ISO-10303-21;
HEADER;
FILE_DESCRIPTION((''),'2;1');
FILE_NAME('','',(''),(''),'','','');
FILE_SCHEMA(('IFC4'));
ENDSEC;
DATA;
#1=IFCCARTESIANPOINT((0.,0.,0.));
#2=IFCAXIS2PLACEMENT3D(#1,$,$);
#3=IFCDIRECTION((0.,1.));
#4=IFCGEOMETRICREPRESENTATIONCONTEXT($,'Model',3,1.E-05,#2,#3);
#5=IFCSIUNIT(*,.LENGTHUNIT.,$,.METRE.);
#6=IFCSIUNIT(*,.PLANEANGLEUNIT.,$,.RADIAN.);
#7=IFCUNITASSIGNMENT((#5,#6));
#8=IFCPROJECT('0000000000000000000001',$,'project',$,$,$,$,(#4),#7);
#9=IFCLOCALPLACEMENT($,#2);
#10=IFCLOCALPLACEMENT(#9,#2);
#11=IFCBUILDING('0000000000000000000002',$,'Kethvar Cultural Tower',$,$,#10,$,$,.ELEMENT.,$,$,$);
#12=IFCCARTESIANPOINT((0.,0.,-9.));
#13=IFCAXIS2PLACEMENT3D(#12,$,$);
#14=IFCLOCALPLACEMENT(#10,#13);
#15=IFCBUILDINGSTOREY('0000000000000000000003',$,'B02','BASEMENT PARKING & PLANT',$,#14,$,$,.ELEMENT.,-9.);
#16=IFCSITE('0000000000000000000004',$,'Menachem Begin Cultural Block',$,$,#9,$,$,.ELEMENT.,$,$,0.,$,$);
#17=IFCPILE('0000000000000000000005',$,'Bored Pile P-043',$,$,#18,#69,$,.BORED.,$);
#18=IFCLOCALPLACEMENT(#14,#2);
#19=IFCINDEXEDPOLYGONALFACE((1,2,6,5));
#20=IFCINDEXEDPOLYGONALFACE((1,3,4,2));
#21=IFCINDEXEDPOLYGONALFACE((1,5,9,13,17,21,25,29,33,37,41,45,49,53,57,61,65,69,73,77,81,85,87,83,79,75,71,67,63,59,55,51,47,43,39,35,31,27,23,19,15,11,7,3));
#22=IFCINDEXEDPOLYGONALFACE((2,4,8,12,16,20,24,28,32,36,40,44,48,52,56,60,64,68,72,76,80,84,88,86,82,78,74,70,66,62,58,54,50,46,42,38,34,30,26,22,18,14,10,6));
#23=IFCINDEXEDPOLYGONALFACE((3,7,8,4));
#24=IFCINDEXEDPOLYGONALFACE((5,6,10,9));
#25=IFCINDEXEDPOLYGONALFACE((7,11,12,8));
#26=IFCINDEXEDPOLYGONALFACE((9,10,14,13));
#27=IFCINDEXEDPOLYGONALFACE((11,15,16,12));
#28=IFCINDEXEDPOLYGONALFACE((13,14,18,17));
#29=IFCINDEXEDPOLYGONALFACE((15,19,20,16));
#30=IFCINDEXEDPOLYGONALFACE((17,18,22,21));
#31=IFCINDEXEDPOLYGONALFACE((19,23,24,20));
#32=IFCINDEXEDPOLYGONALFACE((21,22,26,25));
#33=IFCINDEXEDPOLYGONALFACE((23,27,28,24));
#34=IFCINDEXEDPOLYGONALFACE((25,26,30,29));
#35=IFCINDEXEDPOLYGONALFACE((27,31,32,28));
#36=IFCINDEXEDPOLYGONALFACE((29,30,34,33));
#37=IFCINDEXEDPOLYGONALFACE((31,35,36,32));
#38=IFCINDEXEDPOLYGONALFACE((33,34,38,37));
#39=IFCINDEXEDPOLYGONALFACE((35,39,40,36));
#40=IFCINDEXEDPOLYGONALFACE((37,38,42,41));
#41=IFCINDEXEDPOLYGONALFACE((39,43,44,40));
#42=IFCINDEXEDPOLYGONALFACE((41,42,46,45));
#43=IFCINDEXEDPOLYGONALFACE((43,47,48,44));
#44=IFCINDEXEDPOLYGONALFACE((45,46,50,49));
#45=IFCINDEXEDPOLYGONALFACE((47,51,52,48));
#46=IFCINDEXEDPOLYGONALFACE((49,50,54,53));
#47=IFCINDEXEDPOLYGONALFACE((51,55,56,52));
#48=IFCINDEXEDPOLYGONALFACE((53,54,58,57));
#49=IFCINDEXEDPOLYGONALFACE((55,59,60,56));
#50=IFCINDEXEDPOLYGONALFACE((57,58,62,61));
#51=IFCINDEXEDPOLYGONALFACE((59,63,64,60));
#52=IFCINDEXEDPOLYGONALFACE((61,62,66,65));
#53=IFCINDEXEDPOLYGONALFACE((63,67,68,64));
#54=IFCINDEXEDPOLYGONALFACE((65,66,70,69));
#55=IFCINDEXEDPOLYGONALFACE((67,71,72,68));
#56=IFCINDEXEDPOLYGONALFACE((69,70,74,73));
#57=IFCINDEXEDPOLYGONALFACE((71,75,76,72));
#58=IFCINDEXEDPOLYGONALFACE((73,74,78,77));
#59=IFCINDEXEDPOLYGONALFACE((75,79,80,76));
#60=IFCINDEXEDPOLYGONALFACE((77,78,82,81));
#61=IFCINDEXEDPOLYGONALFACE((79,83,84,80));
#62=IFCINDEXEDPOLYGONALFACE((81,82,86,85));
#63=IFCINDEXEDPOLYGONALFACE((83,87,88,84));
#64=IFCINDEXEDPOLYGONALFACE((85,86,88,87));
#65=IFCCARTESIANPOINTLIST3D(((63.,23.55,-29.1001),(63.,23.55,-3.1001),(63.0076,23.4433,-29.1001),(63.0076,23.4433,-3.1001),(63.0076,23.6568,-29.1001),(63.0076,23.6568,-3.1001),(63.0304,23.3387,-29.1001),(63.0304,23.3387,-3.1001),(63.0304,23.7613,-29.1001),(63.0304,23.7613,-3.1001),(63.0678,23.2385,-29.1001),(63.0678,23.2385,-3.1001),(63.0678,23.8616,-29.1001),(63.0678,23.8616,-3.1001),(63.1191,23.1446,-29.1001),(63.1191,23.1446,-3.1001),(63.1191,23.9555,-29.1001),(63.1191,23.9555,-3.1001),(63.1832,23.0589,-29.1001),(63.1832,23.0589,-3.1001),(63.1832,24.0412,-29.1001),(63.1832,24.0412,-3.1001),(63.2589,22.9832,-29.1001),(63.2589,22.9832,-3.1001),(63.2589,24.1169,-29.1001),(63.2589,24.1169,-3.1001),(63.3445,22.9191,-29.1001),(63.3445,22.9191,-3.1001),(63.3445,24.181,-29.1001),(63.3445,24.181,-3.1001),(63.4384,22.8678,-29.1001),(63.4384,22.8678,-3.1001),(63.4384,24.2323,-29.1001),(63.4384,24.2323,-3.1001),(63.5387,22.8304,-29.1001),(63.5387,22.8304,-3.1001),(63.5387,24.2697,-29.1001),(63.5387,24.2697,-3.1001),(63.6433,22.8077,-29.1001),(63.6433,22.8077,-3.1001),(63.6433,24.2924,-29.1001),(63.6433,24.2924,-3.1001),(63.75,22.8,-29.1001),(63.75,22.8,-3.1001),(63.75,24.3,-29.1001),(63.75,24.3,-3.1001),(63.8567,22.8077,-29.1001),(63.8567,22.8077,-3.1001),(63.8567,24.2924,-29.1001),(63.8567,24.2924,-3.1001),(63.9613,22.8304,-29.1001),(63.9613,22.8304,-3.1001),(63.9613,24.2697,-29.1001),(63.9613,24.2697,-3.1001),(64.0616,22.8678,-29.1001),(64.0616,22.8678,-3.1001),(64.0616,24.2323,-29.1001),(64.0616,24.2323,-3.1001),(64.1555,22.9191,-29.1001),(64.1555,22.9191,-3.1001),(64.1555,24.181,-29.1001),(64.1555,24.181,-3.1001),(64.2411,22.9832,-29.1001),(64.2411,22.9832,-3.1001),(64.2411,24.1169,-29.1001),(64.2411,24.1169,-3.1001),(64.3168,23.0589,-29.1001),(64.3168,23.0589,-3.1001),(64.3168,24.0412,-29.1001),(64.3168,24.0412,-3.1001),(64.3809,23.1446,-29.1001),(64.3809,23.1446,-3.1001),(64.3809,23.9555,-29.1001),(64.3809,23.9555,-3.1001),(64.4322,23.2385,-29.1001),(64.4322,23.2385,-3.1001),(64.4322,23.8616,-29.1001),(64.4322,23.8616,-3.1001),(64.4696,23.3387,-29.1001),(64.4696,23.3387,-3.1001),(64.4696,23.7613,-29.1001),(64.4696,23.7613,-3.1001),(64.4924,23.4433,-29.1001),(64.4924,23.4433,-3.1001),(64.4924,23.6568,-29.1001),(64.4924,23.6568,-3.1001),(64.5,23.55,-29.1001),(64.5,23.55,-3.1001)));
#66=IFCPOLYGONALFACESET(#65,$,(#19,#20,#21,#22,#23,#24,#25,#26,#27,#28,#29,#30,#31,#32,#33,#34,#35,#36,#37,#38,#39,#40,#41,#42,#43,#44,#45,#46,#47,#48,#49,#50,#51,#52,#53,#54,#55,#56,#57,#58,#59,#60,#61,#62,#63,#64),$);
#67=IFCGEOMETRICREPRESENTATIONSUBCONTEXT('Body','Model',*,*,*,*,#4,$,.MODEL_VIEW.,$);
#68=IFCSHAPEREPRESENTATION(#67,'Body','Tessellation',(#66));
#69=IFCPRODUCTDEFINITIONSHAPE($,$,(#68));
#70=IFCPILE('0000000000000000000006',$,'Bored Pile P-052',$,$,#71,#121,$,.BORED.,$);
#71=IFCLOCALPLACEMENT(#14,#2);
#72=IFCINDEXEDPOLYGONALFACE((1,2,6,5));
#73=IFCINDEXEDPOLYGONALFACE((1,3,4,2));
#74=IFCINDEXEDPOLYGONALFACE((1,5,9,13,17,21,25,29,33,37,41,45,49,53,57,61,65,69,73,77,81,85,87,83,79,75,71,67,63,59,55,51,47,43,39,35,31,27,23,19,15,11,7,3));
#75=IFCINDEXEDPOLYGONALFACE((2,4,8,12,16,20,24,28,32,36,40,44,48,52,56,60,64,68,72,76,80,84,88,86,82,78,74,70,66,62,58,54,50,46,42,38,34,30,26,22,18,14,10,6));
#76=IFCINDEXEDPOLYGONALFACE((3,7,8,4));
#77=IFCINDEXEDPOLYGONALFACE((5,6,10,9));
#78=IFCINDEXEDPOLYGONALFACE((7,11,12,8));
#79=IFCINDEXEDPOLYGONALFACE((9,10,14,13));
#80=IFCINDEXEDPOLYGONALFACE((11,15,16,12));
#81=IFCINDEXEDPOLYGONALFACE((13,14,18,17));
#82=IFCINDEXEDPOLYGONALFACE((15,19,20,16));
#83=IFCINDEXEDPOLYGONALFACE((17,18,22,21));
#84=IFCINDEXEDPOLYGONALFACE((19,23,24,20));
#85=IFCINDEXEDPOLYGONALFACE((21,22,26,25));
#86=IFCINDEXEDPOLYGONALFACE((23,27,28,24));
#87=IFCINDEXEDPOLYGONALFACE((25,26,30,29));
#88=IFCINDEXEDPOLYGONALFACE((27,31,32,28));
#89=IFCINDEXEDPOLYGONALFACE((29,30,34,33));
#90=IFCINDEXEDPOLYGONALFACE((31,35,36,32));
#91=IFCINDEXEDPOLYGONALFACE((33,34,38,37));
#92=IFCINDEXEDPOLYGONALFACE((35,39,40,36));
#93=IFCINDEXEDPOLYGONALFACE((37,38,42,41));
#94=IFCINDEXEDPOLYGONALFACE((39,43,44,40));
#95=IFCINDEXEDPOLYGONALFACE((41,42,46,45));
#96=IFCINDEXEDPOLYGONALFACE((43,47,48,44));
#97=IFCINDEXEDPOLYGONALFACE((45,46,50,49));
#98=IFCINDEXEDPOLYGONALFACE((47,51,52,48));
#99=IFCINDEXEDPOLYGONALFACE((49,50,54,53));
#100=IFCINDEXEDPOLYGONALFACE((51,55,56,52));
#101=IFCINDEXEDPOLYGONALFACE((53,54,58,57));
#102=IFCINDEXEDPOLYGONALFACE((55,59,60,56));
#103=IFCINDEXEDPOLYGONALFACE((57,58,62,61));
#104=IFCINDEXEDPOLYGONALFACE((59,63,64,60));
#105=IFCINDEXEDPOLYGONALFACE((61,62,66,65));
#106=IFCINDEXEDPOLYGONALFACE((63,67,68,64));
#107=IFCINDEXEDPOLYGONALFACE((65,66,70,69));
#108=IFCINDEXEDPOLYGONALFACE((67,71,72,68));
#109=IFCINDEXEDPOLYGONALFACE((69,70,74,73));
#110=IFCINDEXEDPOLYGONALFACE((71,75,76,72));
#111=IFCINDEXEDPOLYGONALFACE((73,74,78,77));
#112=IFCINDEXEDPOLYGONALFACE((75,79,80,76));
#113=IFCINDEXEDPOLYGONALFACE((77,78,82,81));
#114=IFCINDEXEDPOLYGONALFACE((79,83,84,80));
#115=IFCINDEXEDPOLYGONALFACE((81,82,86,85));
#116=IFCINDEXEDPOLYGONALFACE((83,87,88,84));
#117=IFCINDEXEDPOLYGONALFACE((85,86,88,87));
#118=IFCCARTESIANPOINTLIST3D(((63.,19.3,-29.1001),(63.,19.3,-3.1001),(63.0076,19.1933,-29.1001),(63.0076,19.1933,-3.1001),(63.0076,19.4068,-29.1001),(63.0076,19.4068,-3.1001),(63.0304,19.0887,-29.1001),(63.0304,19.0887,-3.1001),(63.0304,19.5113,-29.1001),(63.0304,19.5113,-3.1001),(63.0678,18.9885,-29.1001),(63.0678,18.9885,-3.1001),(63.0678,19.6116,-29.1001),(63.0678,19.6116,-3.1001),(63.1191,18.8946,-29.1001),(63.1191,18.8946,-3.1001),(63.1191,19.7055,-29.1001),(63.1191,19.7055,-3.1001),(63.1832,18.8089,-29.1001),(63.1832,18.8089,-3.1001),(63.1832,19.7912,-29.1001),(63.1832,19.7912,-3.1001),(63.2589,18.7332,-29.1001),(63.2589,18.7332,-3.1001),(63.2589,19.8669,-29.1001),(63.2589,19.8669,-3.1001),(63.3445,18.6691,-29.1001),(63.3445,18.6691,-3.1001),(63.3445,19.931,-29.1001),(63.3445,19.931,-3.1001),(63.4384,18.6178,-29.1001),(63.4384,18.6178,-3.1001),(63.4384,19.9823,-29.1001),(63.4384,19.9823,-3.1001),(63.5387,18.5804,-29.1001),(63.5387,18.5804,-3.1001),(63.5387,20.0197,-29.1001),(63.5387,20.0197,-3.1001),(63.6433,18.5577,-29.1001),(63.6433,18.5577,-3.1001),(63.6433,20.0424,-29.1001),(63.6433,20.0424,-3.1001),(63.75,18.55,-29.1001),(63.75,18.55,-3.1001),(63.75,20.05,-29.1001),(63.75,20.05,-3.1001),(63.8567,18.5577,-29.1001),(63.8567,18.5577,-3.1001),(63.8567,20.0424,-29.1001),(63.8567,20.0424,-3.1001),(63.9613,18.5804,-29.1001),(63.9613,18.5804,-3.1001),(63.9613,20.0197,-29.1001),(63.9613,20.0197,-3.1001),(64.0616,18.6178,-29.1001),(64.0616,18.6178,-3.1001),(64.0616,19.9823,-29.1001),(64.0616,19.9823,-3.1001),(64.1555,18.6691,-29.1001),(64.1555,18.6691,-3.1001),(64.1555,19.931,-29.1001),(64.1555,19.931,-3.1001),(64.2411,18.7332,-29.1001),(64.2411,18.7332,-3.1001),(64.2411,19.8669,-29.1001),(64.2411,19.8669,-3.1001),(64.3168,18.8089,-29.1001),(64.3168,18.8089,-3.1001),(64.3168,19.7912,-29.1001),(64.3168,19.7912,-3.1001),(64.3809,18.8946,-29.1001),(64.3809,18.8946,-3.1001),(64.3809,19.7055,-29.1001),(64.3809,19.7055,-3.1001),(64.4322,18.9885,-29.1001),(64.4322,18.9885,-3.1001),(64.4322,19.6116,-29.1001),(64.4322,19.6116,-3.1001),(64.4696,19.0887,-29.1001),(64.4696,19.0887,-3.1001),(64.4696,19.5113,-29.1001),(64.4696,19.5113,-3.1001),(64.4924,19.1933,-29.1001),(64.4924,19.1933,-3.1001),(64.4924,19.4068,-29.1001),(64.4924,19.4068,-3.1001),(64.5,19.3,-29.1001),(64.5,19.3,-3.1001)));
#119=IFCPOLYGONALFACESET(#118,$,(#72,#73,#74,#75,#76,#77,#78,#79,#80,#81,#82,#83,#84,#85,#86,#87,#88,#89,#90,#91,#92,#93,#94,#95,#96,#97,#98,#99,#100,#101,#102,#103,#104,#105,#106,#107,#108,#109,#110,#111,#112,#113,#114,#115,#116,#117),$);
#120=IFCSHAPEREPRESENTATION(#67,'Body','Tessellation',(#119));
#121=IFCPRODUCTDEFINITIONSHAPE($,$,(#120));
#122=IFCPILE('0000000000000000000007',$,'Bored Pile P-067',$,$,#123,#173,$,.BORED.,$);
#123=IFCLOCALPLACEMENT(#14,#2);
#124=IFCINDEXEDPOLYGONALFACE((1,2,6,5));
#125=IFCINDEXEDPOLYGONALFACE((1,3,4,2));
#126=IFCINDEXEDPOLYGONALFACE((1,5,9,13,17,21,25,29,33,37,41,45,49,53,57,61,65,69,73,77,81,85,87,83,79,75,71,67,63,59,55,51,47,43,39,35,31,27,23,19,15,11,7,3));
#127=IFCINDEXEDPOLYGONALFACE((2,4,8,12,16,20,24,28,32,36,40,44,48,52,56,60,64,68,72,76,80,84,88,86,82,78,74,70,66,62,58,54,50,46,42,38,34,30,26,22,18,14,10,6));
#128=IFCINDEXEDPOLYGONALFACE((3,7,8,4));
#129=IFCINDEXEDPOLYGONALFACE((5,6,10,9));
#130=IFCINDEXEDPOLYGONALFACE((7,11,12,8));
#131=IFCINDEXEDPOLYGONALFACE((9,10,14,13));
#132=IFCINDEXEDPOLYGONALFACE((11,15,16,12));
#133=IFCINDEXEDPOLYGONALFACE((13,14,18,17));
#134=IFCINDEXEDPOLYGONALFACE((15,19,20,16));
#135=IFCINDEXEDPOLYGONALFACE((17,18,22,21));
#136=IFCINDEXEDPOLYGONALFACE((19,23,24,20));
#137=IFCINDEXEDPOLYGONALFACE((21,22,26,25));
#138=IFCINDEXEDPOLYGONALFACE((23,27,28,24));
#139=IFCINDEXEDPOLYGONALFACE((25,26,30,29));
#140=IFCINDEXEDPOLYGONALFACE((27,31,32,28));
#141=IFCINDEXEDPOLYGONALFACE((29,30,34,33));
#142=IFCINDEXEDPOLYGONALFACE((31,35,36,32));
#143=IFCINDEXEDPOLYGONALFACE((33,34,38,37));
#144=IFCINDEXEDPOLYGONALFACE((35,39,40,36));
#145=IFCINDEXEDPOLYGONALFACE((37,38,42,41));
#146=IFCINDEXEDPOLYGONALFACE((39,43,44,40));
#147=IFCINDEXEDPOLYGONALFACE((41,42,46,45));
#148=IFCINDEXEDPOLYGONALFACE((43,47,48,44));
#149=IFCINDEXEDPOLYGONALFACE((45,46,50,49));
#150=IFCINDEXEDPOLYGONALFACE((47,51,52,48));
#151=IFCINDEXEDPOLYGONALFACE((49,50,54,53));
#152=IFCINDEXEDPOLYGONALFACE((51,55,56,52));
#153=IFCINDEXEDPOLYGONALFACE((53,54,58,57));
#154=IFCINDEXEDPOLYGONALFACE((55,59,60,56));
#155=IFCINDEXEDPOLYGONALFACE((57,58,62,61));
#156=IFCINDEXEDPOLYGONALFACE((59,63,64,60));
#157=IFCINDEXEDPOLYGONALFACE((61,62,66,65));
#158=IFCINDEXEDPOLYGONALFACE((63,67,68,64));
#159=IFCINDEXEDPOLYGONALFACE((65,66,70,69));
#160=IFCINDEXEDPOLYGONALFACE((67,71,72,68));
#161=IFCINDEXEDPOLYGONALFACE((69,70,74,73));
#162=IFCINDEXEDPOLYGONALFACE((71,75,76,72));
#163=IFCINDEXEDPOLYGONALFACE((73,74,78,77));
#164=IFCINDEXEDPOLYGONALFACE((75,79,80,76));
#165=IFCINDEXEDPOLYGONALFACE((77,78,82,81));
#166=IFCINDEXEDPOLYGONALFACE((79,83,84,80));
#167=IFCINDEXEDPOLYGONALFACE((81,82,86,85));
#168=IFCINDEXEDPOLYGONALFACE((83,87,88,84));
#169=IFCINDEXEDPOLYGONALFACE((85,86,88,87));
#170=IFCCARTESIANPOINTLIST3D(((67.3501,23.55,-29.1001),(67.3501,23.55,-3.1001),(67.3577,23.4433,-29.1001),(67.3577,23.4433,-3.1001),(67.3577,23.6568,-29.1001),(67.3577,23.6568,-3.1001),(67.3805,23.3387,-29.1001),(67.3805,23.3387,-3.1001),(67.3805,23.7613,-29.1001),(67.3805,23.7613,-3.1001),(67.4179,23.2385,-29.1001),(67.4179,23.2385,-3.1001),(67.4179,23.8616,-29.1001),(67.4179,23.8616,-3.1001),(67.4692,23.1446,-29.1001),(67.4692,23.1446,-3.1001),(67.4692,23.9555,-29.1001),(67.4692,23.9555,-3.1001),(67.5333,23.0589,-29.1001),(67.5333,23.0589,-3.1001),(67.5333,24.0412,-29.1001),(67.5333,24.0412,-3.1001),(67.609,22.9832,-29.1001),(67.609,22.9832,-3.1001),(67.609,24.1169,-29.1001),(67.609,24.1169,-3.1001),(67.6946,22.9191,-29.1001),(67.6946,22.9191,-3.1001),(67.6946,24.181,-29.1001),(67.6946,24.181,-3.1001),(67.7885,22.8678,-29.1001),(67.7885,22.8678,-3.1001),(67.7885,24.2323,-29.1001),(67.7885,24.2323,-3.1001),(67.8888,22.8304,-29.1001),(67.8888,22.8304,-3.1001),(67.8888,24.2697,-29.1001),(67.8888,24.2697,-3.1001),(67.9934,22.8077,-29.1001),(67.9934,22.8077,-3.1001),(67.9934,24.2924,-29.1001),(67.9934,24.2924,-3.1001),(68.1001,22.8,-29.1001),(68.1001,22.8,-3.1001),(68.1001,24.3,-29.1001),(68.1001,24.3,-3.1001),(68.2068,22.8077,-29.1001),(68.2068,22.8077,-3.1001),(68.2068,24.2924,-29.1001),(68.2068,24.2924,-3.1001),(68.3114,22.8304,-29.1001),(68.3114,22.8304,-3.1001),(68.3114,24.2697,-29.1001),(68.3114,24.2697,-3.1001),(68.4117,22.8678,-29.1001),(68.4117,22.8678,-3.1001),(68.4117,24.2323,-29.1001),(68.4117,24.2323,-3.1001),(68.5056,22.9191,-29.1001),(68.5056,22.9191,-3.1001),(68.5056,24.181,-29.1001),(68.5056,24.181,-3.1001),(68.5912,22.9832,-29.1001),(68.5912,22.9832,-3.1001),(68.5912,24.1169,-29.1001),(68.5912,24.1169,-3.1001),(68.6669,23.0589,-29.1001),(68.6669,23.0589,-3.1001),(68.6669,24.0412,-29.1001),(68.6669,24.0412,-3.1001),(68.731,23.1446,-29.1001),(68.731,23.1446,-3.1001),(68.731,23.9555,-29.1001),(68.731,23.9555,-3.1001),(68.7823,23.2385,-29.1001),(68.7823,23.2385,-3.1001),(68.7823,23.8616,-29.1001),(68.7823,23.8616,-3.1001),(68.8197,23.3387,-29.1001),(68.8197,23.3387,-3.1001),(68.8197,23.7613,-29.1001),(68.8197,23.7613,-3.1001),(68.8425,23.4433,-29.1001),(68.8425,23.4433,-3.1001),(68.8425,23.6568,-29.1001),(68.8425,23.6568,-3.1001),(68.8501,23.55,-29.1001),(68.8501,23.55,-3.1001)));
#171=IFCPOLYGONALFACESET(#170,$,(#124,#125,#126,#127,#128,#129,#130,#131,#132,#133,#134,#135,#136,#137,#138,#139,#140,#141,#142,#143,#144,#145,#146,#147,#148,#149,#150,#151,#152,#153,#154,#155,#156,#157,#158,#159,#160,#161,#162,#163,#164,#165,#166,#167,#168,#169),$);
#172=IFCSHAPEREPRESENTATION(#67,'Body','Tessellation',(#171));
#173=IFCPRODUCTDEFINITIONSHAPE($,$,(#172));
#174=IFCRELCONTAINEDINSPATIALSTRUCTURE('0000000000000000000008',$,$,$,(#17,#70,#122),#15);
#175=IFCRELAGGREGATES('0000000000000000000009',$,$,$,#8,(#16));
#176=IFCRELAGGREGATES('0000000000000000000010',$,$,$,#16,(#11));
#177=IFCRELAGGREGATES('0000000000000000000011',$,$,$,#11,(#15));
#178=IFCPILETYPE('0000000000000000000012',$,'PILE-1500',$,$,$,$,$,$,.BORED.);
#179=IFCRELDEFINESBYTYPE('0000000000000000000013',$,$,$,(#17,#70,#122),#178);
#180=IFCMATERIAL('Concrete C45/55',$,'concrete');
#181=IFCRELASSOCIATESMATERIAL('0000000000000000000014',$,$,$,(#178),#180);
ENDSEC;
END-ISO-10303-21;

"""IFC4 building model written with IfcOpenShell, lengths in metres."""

from ifc_helpers import new_model, si_unit, direction, frame, origin, origin_2d, place, context, subcontext, project, spatial, circle, extrude, source, transform, mapped, material, material_profile, profile_set, type_object, element, save


model = new_model("IFC4")

# Units and contexts
model_context = context("Model", 3, precision=1e-05, world=origin(), true_north=direction((0.0, 1.0)))
body_context = subcontext(model_context, "Body", "Model", "MODEL_VIEW")
ifc_project = project(units=[si_unit("LENGTHUNIT", "METRE"), si_unit("PLANEANGLEUNIT", "RADIAN")], contexts=[model_context])

# Site, building, storey
site_placement = place(None, origin())
site = spatial("IfcSite", under=ifc_project, at=site_placement, Name="Menachem Begin Cultural Block", CompositionType="ELEMENT", RefElevation=0.0)
building_placement = place(site_placement, origin())
building = spatial("IfcBuilding", under=site, at=building_placement, Name="Kethvar Cultural Tower", CompositionType="ELEMENT")
storey_placement = place(building_placement, frame((0.0, 0.0, -9.0)))
storey = spatial("IfcBuildingStorey", under=building, at=storey_placement, Name="B02", Description="BASEMENT PARKING & PLANT", CompositionType="ELEMENT", Elevation=-9.0)

# Piles
ifc_material_1 = material(Name="Concrete C45/55", Category="concrete")
ifc_material_profile_1 = material_profile(ifc_material_1, circle(Radius=0.75, at=origin_2d()), Name="Concrete C45/55 — PILE1500")
ifc_profile_set_1 = profile_set([ifc_material_profile_1], Name="Concrete C45/55 — PILE1500")
pile_type = type_object("IfcPileType", Name="PILE-1500", PredefinedType="BORED", material=ifc_profile_set_1)
shared_shape_1 = source(origin(), body_context, "Body", "SweptSolid", [
    extrude(circle(Radius=0.75, at=origin_2d()), origin(), (0.0, 0.0, 1.0), 26.0),
])
for number, where, z_axis, x_axis, name in (
    (1, (63.75, 23.55, -3.1001), (0.0, 0.0, -1.0), (1.0, 0.0, 0.0), "Bored Pile P-043"),
    (2, (63.75, 19.3, -3.1001), (0.0, 0.0, -1.0), (1.0, 0.0, 0.0), "Bored Pile P-052"),
    (3, (68.1001, 23.55, -3.1001), (0.0, 0.0, -1.0), (1.0, 0.0, 0.0), "Bored Pile P-067"),
):
    element("IfcPile", number, at=place(storey_placement, frame(where, z_axis=z_axis, x_axis=x_axis)), inside=storey, type_object=pile_type, Name=name, PredefinedType="BORED", context=body_context, shape_type="MappedRepresentation", body=[
        mapped(shared_shape_1, transform((0.0, 0.0, 0.0), scale=1.0)),
    ])

save(model, "model.ifc")
